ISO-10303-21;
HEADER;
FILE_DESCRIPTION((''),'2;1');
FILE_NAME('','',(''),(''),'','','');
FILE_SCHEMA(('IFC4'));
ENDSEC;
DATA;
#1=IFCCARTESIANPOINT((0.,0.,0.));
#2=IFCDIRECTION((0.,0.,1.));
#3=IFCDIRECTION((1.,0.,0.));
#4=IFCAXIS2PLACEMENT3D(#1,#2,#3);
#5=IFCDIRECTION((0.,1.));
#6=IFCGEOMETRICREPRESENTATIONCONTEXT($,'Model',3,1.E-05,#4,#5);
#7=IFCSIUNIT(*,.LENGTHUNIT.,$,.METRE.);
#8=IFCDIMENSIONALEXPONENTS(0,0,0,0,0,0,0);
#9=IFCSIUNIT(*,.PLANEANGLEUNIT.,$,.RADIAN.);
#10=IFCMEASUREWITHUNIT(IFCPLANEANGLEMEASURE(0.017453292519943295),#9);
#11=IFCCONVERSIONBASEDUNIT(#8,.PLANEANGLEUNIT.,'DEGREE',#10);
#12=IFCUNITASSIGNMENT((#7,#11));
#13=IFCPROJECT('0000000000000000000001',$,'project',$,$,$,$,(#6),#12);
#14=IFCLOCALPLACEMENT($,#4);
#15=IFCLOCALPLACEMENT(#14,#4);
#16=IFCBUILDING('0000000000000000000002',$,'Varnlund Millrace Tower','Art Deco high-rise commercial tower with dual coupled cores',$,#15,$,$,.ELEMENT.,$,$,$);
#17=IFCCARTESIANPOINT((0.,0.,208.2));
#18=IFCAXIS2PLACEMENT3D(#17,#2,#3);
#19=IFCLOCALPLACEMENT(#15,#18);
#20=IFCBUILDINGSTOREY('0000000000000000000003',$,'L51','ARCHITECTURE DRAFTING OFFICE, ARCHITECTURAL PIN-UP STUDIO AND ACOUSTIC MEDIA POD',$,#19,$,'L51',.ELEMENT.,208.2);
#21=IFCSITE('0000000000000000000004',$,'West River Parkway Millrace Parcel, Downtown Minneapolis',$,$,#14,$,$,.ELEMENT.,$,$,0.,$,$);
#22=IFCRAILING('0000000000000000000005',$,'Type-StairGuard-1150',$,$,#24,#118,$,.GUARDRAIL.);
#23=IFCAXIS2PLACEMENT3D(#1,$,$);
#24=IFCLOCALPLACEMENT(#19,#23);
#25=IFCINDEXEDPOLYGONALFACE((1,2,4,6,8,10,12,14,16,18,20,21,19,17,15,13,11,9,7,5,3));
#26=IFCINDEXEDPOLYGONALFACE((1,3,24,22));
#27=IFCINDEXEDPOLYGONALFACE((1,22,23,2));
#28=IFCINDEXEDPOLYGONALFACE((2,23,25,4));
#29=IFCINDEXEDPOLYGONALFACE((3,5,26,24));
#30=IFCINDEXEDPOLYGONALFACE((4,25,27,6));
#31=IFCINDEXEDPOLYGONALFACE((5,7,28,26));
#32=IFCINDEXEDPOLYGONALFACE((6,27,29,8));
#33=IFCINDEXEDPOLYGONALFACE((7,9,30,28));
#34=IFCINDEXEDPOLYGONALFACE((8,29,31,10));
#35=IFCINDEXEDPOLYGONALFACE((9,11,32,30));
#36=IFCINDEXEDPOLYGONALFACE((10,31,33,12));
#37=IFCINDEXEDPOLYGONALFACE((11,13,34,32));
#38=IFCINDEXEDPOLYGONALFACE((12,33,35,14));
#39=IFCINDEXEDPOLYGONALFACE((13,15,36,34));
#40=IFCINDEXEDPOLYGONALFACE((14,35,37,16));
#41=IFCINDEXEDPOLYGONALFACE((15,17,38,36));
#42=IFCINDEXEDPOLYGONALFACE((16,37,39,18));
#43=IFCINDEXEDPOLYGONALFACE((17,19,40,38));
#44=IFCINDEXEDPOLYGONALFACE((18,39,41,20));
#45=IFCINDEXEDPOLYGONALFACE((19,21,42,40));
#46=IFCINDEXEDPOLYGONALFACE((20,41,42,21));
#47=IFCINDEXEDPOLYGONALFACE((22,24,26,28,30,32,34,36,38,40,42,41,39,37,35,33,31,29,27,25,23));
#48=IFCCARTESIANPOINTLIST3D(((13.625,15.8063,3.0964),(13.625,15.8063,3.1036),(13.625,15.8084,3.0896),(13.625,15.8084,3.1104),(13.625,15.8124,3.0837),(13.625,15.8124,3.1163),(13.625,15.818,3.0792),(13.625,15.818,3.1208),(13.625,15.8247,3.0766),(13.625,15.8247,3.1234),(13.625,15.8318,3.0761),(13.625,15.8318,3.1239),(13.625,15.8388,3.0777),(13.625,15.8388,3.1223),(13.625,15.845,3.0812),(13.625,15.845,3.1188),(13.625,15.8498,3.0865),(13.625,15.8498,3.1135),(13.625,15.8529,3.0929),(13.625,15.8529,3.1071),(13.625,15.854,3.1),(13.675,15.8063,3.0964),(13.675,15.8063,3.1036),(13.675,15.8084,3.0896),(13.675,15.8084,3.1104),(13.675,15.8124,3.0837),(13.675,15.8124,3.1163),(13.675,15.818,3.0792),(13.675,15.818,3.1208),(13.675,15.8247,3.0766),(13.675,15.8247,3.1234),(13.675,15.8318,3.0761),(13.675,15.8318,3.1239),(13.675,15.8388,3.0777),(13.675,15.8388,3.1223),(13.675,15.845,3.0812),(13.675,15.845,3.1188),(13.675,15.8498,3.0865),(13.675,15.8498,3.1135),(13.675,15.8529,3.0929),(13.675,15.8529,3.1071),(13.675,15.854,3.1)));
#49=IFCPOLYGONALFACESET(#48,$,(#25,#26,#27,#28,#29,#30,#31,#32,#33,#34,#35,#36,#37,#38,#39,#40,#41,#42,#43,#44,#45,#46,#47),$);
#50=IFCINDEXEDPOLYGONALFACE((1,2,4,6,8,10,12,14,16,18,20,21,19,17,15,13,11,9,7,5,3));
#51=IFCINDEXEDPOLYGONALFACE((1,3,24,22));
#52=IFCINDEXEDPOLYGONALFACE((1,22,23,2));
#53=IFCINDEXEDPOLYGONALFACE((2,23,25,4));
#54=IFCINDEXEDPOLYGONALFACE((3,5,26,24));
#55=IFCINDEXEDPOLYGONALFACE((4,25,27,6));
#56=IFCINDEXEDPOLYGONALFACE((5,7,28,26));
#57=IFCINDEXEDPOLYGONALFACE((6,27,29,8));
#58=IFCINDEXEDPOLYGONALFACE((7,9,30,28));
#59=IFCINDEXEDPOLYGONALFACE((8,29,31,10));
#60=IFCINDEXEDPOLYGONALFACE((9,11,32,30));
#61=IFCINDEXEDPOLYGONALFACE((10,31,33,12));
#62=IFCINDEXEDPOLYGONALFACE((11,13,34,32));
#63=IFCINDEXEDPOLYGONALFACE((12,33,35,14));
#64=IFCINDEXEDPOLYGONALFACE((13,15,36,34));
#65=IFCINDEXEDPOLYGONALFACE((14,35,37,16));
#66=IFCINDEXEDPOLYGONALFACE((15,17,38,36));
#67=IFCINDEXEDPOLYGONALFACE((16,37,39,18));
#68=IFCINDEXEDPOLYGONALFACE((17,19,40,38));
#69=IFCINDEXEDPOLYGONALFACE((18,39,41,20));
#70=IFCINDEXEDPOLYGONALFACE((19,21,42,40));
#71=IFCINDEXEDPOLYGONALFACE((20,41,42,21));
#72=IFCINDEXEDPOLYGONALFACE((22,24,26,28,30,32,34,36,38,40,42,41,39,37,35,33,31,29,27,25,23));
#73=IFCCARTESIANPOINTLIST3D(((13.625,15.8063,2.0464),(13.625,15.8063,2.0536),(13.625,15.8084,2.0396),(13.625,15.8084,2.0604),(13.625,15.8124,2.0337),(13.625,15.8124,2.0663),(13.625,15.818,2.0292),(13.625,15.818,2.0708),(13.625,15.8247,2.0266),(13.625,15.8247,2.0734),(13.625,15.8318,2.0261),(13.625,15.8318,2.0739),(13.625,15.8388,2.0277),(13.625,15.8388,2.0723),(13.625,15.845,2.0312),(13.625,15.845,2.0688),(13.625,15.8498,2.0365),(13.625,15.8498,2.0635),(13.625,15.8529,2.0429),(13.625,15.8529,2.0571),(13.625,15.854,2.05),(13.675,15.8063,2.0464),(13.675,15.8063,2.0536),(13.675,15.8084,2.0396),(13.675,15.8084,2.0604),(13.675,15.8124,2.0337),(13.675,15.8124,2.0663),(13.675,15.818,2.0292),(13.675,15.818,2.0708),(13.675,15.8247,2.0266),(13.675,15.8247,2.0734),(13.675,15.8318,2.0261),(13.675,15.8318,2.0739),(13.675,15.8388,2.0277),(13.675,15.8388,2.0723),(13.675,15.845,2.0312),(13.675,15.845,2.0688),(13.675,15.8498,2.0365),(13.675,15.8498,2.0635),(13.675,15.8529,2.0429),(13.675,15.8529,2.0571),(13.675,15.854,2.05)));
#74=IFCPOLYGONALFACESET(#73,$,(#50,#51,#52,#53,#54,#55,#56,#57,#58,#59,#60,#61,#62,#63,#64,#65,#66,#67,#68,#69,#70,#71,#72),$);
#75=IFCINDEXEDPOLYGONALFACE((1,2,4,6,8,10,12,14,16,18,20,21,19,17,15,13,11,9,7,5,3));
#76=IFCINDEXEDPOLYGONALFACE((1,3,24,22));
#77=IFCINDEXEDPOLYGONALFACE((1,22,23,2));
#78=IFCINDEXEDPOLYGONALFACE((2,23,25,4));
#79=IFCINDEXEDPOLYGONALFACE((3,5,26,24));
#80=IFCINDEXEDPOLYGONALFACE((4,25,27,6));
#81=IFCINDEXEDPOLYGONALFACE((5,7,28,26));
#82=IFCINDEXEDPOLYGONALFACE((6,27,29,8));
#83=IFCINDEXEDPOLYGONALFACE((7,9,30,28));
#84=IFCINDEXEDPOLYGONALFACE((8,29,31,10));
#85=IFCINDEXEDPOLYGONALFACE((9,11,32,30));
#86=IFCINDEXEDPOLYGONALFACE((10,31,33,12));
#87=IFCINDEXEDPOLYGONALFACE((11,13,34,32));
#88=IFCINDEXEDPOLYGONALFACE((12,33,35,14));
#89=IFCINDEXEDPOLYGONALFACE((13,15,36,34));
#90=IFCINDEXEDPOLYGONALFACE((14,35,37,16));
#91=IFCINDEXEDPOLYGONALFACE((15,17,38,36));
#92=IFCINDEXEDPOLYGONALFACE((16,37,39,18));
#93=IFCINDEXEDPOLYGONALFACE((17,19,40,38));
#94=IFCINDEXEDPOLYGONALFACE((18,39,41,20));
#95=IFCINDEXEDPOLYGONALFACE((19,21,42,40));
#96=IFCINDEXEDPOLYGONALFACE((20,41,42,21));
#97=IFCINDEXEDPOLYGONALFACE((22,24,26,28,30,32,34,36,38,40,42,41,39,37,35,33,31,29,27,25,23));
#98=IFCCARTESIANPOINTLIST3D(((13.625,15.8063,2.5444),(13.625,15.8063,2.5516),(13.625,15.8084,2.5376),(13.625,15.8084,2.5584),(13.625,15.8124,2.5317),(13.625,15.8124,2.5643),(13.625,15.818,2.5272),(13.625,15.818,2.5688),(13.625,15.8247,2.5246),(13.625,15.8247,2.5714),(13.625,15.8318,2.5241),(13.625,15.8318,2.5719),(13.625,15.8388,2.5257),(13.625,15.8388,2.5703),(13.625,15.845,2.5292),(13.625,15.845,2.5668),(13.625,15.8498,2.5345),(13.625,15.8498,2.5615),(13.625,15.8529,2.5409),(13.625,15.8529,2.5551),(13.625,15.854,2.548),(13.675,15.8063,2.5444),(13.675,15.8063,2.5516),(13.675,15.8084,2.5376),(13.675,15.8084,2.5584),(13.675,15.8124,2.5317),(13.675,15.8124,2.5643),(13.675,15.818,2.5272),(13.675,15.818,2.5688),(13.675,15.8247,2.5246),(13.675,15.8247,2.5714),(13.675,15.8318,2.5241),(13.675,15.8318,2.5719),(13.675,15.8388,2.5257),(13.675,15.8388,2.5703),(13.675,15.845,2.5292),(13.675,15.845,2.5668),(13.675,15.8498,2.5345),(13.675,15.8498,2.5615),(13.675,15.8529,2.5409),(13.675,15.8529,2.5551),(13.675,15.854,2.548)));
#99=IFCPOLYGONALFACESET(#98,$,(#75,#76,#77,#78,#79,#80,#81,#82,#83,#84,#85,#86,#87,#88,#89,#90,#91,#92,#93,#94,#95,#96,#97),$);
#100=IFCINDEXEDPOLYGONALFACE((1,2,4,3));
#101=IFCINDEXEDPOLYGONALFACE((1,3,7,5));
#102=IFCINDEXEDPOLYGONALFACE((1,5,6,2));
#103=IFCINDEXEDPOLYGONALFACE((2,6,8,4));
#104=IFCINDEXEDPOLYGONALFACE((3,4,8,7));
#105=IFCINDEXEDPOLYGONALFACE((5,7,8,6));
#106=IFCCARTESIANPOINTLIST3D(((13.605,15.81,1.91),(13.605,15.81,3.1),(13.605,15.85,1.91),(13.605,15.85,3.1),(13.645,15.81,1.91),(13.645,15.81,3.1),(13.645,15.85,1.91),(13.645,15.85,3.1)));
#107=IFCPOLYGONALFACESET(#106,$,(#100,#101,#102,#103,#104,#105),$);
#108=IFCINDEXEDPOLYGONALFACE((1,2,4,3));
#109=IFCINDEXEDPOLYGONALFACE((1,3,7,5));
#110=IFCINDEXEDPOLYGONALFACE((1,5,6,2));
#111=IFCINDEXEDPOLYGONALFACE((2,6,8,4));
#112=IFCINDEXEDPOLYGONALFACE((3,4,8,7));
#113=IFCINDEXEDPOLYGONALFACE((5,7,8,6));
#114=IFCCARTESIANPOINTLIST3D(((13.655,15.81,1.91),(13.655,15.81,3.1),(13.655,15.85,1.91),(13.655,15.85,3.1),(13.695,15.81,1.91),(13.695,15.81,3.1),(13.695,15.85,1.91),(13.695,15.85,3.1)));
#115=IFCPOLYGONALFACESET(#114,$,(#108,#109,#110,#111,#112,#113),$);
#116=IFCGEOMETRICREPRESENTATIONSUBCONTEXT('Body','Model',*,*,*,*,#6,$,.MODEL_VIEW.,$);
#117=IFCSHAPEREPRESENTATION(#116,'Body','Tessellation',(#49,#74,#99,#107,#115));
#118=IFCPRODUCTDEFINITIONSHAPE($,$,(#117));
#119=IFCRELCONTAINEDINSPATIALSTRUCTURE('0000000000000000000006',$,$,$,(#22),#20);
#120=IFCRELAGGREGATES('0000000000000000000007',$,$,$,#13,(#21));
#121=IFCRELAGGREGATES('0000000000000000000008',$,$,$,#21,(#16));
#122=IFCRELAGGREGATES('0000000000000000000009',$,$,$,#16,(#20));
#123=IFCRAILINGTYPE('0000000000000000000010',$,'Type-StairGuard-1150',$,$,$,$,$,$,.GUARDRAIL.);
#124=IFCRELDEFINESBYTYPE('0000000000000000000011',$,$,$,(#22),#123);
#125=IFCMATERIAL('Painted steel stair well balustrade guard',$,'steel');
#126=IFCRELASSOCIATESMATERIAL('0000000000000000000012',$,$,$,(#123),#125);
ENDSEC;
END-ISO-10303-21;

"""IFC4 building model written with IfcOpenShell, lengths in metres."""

from ifc_helpers import new_model, entity, si_unit, converted_unit, direction, frame, origin_with_axes, origin_2d_with_axis, place, context, subcontext, project, spatial, rectangle, circle, extrude, material, type_object, element, save


model = new_model("IFC4")

# Units and contexts
model_context = context("Model", 3, precision=1e-05, world=origin_with_axes(), true_north=direction((0.0, 1.0)))
body_context = subcontext(model_context, "Body", "Model", "MODEL_VIEW")
ifc_project = project(units=[si_unit("LENGTHUNIT", "METRE"), converted_unit("PLANEANGLEUNIT", "DEGREE", entity("IfcPlaneAngleMeasure", 0.017453292519943295), si_unit("PLANEANGLEUNIT", "RADIAN"), dimensions=[0, 0, 0, 0, 0, 0, 0])], contexts=[model_context])

# Site, building, storey
site_placement = place(None, origin_with_axes())
site = spatial("IfcSite", under=ifc_project, at=site_placement, Name="West River Parkway Millrace Parcel, Downtown Minneapolis", CompositionType="ELEMENT", RefElevation=0.0)
building_placement = place(site_placement, origin_with_axes())
building = spatial("IfcBuilding", under=site, at=building_placement, Name="Varnlund Millrace Tower", Description="Art Deco high-rise commercial tower with dual coupled cores", CompositionType="ELEMENT")
storey_placement = place(building_placement, frame((0.0, 0.0, 208.2), z_axis=(0.0, 0.0, 1.0), x_axis=(1.0, 0.0, 0.0)))
storey = spatial("IfcBuildingStorey", under=building, at=storey_placement, Name="L51", Description="ARCHITECTURE DRAFTING OFFICE, ARCHITECTURAL PIN-UP STUDIO AND ACOUSTIC MEDIA POD", LongName="L51", CompositionType="ELEMENT", Elevation=208.2)

# Railing
ifc_material_1 = material(Name="Painted steel stair well balustrade guard", Category="steel")
railing_type_1 = type_object("IfcRailingType", Name="Type-StairGuard-1150", PredefinedType="GUARDRAIL", material=ifc_material_1)
railing_1_placement = place(storey_placement, frame((0.0, 0.0, -208.2), z_axis=(0.0, 0.0, 1.0), x_axis=(1.0, 0.0, 0.0)))
element("IfcRailing", 1, at=railing_1_placement, inside=storey, type_object=railing_type_1, Name="Type-StairGuard-1150", PredefinedType="GUARDRAIL", context=body_context, shape_type="SweptSolid", body=[
    extrude(circle(Radius=0.024, at=origin_2d_with_axis()), frame((13.625, 15.83, 211.3), z_axis=(1.0, 0.0, 0.0), x_axis=(0.0, 1.0, 0.0)), (0.0, 0.0, 1.0), 0.05),
    extrude(circle(Radius=0.024, at=origin_2d_with_axis()), frame((13.625, 15.83, 210.25), z_axis=(1.0, 0.0, 0.0), x_axis=(0.0, 1.0, 0.0)), (0.0, 0.0, 1.0), 0.05),
    extrude(circle(Radius=0.024, at=origin_2d_with_axis()), frame((13.625, 15.83, 210.748), z_axis=(1.0, 0.0, 0.0), x_axis=(0.0, 1.0, 0.0)), (0.0, 0.0, 1.0), 0.05),
    extrude(rectangle(XDim=0.04, YDim=0.04, at=origin_2d_with_axis()), frame((13.625, 15.83, 210.11), z_axis=(0.0, 0.0, 1.0), x_axis=(1.0, 0.0, 0.0)), (0.0, 0.0, 1.0), 1.19),
    extrude(rectangle(XDim=0.04, YDim=0.04, at=origin_2d_with_axis()), frame((13.675, 15.83, 210.11), z_axis=(0.0, 0.0, 1.0), x_axis=(1.0, 0.0, 0.0)), (0.0, 0.0, 1.0), 1.19),
])

save(model, "model.ifc")
